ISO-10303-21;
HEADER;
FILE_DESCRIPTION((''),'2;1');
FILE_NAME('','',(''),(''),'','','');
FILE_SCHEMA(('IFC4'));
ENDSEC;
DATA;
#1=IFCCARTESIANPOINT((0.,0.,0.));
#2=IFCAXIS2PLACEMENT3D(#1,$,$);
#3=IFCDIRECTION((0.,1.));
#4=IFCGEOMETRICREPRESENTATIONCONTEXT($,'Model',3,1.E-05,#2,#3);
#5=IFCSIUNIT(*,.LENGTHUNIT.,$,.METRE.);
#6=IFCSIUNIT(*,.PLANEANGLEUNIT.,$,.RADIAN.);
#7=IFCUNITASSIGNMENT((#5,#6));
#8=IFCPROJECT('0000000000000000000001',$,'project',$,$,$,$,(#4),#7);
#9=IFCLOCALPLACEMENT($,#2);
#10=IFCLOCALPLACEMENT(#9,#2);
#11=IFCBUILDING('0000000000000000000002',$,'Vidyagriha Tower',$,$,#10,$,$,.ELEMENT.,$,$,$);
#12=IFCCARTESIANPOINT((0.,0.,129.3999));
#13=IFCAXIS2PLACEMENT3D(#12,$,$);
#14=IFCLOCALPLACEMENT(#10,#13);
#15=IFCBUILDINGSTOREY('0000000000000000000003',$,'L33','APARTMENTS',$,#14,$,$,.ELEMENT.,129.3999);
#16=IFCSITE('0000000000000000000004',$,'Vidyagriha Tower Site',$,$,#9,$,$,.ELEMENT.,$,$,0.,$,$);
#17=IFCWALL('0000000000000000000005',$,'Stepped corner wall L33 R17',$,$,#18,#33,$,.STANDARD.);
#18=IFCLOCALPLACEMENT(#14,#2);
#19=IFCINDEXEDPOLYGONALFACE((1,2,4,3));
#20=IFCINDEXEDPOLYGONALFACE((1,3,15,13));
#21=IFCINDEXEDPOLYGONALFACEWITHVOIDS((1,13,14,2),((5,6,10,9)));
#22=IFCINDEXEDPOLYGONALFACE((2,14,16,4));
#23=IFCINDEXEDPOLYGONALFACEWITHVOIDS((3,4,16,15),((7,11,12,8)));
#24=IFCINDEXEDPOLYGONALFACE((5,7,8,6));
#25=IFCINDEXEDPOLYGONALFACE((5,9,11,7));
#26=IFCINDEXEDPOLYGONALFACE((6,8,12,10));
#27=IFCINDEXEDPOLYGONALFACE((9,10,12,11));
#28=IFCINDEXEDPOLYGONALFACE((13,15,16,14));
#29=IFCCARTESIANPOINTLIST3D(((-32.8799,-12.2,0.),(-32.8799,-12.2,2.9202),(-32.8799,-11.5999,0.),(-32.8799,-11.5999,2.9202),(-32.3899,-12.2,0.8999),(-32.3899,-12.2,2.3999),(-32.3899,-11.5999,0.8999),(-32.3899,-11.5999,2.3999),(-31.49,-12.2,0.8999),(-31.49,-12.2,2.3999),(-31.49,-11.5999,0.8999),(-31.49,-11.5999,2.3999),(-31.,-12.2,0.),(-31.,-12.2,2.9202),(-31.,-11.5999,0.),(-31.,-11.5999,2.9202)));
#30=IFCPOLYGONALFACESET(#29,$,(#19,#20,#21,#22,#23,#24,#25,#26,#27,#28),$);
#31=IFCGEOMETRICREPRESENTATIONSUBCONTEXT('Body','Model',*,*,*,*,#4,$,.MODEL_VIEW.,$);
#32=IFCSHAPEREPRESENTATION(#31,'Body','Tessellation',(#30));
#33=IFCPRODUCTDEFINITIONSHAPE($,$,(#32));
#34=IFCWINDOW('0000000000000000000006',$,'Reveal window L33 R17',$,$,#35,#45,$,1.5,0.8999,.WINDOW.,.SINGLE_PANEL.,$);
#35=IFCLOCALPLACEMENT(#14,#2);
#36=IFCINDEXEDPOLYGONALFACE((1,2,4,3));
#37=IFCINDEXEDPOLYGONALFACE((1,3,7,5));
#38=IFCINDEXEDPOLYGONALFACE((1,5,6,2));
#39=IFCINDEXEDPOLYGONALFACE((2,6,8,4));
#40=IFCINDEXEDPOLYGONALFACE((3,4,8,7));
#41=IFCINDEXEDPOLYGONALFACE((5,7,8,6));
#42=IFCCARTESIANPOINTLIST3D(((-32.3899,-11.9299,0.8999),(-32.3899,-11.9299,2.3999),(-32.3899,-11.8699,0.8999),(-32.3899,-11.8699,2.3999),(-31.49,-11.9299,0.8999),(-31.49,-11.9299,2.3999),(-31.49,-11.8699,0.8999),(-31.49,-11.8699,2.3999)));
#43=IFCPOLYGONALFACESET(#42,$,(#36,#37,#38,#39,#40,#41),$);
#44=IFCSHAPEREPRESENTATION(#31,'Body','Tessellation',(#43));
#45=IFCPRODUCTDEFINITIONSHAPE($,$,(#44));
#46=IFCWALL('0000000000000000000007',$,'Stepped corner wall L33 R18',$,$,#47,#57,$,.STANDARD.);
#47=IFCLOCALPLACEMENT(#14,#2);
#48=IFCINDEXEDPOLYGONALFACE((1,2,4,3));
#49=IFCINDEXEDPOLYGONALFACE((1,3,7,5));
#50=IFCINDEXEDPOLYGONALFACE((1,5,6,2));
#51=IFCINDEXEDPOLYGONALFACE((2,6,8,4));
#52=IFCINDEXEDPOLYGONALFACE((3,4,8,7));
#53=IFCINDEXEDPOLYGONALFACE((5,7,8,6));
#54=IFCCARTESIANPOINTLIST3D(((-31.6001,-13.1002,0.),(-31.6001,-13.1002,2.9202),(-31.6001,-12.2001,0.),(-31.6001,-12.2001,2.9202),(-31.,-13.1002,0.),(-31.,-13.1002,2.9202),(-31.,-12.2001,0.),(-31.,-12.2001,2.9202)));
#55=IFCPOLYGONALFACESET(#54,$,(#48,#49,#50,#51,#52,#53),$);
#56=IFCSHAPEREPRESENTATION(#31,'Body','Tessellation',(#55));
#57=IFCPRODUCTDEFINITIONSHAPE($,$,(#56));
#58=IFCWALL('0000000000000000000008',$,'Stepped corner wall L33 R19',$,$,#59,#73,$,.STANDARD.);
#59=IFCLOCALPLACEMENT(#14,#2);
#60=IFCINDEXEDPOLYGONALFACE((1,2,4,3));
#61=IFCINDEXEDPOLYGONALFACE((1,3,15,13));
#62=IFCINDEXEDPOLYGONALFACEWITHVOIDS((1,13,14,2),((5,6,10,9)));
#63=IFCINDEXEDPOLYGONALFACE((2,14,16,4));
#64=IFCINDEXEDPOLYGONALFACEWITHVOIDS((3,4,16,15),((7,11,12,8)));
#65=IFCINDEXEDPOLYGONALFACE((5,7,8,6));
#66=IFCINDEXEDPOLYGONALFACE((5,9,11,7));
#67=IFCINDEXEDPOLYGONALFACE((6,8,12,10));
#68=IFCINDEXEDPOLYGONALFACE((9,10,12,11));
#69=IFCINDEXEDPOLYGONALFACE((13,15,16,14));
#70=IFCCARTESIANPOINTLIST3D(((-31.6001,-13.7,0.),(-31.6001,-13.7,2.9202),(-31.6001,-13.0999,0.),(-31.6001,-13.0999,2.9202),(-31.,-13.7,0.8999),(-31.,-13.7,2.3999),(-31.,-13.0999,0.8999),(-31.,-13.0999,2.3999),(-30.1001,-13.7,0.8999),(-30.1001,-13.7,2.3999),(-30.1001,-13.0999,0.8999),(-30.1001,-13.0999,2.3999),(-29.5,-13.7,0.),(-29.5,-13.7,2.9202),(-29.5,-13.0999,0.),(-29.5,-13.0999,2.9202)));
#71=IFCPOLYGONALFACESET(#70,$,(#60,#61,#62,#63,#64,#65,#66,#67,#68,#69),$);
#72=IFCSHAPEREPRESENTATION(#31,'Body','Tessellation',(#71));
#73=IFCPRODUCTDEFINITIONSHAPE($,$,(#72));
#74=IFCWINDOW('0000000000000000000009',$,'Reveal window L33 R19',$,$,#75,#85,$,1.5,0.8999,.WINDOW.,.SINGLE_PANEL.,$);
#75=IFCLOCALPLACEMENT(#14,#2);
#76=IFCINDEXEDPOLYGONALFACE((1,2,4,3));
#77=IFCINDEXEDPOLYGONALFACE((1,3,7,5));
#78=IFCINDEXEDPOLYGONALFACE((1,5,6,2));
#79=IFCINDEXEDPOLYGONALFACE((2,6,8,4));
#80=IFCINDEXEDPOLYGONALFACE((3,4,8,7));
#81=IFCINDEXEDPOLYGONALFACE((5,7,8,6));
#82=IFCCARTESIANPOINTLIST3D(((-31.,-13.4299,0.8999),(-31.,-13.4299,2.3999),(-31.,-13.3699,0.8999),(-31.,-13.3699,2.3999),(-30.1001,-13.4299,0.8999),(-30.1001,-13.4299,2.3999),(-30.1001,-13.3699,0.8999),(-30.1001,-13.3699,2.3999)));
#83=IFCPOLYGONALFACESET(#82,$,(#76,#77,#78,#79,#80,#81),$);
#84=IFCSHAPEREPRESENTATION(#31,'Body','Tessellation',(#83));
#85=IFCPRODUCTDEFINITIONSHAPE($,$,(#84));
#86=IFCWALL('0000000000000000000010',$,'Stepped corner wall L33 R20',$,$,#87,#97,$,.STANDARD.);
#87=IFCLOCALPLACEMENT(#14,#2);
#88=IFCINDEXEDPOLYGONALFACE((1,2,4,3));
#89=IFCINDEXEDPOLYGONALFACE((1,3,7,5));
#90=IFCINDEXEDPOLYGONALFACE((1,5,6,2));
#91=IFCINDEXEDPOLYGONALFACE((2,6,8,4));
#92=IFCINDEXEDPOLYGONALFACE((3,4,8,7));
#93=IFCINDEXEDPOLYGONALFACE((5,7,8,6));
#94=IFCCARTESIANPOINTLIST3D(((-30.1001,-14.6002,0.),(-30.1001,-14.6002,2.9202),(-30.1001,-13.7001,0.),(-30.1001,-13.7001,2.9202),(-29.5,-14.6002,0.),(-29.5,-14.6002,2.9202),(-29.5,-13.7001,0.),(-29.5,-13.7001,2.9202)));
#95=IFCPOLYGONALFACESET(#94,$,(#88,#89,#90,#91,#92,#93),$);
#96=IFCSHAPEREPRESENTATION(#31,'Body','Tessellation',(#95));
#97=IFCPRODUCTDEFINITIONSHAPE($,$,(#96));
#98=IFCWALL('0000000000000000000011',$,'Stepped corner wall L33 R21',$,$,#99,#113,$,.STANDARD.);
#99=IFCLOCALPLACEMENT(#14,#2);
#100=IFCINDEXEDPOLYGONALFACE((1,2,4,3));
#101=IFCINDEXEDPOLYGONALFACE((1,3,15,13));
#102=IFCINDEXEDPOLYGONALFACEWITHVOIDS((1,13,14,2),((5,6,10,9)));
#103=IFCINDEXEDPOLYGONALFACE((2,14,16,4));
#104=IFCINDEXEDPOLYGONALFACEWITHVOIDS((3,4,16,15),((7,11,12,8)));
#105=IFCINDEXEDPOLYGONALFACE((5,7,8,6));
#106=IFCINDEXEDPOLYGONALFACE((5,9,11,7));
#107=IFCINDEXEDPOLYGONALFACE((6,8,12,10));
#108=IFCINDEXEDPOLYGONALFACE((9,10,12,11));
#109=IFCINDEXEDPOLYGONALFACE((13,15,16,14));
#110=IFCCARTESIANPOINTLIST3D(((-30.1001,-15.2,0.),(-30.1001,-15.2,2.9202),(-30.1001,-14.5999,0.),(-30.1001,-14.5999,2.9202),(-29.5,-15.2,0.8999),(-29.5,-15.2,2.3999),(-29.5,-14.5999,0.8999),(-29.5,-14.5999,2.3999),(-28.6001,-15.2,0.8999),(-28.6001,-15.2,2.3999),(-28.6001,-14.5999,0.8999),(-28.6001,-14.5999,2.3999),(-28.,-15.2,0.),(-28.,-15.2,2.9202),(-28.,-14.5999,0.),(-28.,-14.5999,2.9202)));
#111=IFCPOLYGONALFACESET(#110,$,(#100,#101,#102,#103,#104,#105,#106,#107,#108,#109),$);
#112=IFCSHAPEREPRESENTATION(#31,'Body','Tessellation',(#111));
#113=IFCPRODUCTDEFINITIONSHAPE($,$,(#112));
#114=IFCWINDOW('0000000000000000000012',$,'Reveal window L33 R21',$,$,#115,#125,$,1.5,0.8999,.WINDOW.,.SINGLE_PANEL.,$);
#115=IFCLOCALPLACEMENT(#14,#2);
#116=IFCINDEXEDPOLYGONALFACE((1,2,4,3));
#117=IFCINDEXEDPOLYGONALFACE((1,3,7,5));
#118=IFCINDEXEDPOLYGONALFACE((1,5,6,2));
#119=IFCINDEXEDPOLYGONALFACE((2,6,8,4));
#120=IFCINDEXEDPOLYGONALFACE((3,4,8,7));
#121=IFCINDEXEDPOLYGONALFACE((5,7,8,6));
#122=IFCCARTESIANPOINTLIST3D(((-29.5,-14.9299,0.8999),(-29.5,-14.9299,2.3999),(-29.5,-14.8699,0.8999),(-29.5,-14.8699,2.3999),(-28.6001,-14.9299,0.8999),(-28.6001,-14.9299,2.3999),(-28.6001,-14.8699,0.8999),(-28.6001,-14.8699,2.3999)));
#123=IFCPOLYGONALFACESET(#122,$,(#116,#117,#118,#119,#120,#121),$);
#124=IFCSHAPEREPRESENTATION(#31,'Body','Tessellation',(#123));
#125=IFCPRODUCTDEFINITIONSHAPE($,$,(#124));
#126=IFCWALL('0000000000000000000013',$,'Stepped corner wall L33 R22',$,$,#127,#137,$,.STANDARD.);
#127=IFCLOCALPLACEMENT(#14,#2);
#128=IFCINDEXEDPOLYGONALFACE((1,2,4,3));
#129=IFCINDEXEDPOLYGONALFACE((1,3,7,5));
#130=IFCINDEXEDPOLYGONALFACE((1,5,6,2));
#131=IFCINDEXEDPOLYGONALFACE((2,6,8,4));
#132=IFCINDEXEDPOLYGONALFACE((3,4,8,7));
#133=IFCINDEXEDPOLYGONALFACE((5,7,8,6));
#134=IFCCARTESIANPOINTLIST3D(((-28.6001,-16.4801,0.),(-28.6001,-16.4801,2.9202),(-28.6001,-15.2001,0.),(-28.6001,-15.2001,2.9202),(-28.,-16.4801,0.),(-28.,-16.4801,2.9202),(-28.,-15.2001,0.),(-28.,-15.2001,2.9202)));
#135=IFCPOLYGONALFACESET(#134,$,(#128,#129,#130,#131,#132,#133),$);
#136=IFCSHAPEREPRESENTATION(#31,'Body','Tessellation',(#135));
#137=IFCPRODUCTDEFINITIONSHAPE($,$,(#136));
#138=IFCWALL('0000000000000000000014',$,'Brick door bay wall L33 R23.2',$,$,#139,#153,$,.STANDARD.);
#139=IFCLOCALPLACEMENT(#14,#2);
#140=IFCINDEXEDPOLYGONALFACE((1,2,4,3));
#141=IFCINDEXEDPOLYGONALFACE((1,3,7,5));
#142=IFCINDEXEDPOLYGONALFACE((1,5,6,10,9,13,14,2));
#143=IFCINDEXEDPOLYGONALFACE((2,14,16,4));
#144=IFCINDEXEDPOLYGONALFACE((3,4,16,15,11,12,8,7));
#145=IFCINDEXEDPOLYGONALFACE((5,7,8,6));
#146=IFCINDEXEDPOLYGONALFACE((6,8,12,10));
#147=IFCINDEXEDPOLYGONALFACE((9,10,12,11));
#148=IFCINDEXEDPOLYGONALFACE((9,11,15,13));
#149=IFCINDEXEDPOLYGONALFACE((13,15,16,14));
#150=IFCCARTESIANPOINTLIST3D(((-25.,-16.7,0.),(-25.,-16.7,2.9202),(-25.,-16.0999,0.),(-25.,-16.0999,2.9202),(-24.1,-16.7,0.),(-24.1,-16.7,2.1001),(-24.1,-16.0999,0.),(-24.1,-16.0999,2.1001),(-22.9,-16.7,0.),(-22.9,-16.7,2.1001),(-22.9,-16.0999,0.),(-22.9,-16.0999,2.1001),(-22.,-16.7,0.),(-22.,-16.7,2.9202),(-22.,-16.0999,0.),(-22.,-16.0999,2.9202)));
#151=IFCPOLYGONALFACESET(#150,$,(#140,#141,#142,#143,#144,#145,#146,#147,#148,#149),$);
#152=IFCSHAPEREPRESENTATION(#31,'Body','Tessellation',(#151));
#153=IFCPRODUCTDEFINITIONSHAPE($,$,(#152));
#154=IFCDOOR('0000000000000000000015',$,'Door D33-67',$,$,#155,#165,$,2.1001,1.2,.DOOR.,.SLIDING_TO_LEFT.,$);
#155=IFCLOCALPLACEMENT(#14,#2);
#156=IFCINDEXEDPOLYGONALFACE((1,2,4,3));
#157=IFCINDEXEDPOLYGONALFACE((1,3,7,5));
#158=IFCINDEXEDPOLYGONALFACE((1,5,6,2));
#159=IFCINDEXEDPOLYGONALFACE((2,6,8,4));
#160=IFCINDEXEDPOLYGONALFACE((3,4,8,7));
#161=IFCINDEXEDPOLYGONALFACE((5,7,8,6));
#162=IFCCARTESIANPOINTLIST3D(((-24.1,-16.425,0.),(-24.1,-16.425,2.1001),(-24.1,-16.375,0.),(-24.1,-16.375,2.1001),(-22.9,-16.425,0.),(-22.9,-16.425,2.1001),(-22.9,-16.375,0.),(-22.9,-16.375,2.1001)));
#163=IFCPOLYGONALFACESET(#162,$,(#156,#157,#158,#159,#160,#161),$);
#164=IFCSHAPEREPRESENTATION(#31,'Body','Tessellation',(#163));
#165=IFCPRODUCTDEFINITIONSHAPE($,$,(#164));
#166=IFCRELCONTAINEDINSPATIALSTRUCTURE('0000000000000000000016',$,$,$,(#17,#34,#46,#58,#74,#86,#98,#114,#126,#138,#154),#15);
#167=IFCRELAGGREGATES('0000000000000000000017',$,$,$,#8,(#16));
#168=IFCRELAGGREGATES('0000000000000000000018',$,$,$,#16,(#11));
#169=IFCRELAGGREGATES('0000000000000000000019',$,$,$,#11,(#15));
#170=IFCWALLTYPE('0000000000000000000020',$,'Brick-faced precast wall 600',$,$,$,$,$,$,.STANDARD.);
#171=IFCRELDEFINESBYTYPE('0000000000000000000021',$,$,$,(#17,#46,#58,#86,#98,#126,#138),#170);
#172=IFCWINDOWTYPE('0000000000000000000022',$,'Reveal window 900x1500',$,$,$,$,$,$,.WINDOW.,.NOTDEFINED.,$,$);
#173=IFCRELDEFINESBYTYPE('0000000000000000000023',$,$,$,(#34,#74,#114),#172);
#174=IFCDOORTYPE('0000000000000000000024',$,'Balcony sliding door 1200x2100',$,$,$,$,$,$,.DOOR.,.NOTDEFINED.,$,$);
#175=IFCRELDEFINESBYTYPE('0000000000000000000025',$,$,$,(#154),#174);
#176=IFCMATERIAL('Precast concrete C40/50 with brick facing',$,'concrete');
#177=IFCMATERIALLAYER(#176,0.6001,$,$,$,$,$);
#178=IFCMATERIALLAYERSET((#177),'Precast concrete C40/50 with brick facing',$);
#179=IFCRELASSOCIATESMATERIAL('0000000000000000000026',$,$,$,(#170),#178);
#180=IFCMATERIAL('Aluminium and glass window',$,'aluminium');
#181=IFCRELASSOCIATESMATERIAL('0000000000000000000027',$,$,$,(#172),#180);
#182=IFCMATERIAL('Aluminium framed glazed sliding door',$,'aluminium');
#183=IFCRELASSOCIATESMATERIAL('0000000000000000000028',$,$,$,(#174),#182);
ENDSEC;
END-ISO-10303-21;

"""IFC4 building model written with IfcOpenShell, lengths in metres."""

from ifc_helpers import new_model, si_unit, direction, frame, frame_2d, origin, place, context, subcontext, project, spatial, rectangle, extrude, material, layer, layer_set, type_object, element, fill, save


model = new_model("IFC4")

# Units and contexts
model_context = context("Model", 3, precision=1e-05, world=origin(), true_north=direction((0.0, 1.0)))
body_context = subcontext(model_context, "Body", "Model", "MODEL_VIEW")
ifc_project = project(units=[si_unit("LENGTHUNIT", "METRE"), si_unit("PLANEANGLEUNIT", "RADIAN")], contexts=[model_context])

# Site, building, storey
site_placement = place(None, origin())
site = spatial("IfcSite", under=ifc_project, at=site_placement, Name="Vidyagriha Tower Site", CompositionType="ELEMENT", RefElevation=0.0)
building_placement = place(site_placement, origin())
building = spatial("IfcBuilding", under=site, at=building_placement, Name="Vidyagriha Tower", CompositionType="ELEMENT")
storey_placement = place(building_placement, frame((0.0, 0.0, 129.3999)))
storey = spatial("IfcBuildingStorey", under=building, at=storey_placement, Name="L33", Description="APARTMENTS", CompositionType="ELEMENT", Elevation=129.3999)

# Wall, opening, window
ifc_material_1 = material(Name="Precast concrete C40/50 with brick facing", Category="concrete")
ifc_layer_1 = layer(ifc_material_1, 0.6001)
ifc_layer_set_1 = layer_set([ifc_layer_1], Name="Precast concrete C40/50 with brick facing")
wall_type = type_object("IfcWallType", Name="Brick-faced precast wall 600", PredefinedType="STANDARD", material=ifc_layer_set_1)
wall_1_placement = place(storey_placement, frame((-32.8799, -11.8999, 0.0)))
wall_1 = element("IfcWall", 1, at=wall_1_placement, inside=storey, type_object=wall_type, Name="Stepped corner wall L33 R17", PredefinedType="STANDARD", context=body_context, shape_type="SweptSolid", body=[
    extrude(rectangle(XDim=1.8799, YDim=0.6001, at=frame_2d((0.9399, 0.0))), origin(), (0.0, 0.0, 1.0), 2.9202),
])
opening_1_placement = place(wall_1_placement, frame((0.49, 0.0, 0.8999)))
opening_1 = element("IfcOpeningElement", 2, at=opening_1_placement, cuts=wall_1, PredefinedType="OPENING", context=body_context, shape_type="SweptSolid", body=[
    extrude(rectangle(XDim=0.8999, YDim=1.5, at=frame_2d((0.45, 0.75))), frame((0.0, 0.3101, 0.0), z_axis=(0.0, -1.0, 0.0), x_axis=(1.0, 0.0, 0.0)), (0.0, 0.0, 1.0), 0.6201),
])
ifc_material_2 = material(Name="Aluminium and glass window", Category="aluminium")
window_type = type_object("IfcWindowType", Name="Reveal window 900x1500", PartitioningType="NOTDEFINED", PredefinedType="WINDOW", material=ifc_material_2)
window_1_placement = place(opening_1_placement, origin())
window_1 = element("IfcWindow", 3, at=window_1_placement, inside=storey, type_object=window_type, Name="Reveal window L33 R17", OverallHeight=1.5, OverallWidth=0.8999, PartitioningType="SINGLE_PANEL", PredefinedType="WINDOW", context=body_context, shape_type="SweptSolid", body=[
    extrude(rectangle(XDim=0.8999, YDim=1.5, at=frame_2d((0.45, 0.75))), frame((0.0, 0.03, 0.0), z_axis=(0.0, -1.0, 0.0), x_axis=(1.0, 0.0, 0.0)), (0.0, 0.0, 1.0), 0.0601),
])
fill(opening_1, window_1)

# Wall
wall_2_placement = place(storey_placement, frame((-31.3, -12.2, 0.0), z_axis=(0.0, 0.0, 1.0), x_axis=(0.0, -1.0, 0.0)))
element("IfcWall", 4, at=wall_2_placement, inside=storey, type_object=wall_type, Name="Stepped corner wall L33 R18", PredefinedType="STANDARD", context=body_context, shape_type="SweptSolid", body=[
    extrude(rectangle(XDim=0.9001, YDim=0.6001, at=frame_2d((0.4502, 0.0))), origin(), (0.0, 0.0, 1.0), 2.9202),
])

# Wall, opening, window
wall_3_placement = place(storey_placement, frame((-31.6001, -13.3999, 0.0)))
wall_3 = element("IfcWall", 5, at=wall_3_placement, inside=storey, type_object=wall_type, Name="Stepped corner wall L33 R19", PredefinedType="STANDARD", context=body_context, shape_type="SweptSolid", body=[
    extrude(rectangle(XDim=2.1001, YDim=0.6001, at=frame_2d((1.05, 0.0))), origin(), (0.0, 0.0, 1.0), 2.9202),
])
opening_2_placement = place(wall_3_placement, frame((0.6001, 0.0, 0.8999)))
opening_2 = element("IfcOpeningElement", 6, at=opening_2_placement, cuts=wall_3, PredefinedType="OPENING", context=body_context, shape_type="SweptSolid", body=[
    extrude(rectangle(XDim=0.8999, YDim=1.5, at=frame_2d((0.45, 0.75))), frame((0.0, 0.3101, 0.0), z_axis=(0.0, -1.0, 0.0), x_axis=(1.0, 0.0, 0.0)), (0.0, 0.0, 1.0), 0.6201),
])
window_2_placement = place(opening_2_placement, origin())
window_2 = element("IfcWindow", 7, at=window_2_placement, inside=storey, type_object=window_type, Name="Reveal window L33 R19", OverallHeight=1.5, OverallWidth=0.8999, PartitioningType="SINGLE_PANEL", PredefinedType="WINDOW", context=body_context, shape_type="SweptSolid", body=[
    extrude(rectangle(XDim=0.8999, YDim=1.5, at=frame_2d((0.45, 0.75))), frame((0.0, 0.03, 0.0), z_axis=(0.0, -1.0, 0.0), x_axis=(1.0, 0.0, 0.0)), (0.0, 0.0, 1.0), 0.0601),
])
fill(opening_2, window_2)

# Wall
wall_4_placement = place(storey_placement, frame((-29.8, -13.7, 0.0), z_axis=(0.0, 0.0, 1.0), x_axis=(0.0, -1.0, 0.0)))
element("IfcWall", 8, at=wall_4_placement, inside=storey, type_object=wall_type, Name="Stepped corner wall L33 R20", PredefinedType="STANDARD", context=body_context, shape_type="SweptSolid", body=[
    extrude(rectangle(XDim=0.9001, YDim=0.6001, at=frame_2d((0.4502, 0.0))), origin(), (0.0, 0.0, 1.0), 2.9202),
])

# Wall, opening, window
wall_5_placement = place(storey_placement, frame((-30.1001, -14.8999, 0.0)))
wall_5 = element("IfcWall", 9, at=wall_5_placement, inside=storey, type_object=wall_type, Name="Stepped corner wall L33 R21", PredefinedType="STANDARD", context=body_context, shape_type="SweptSolid", body=[
    extrude(rectangle(XDim=2.1001, YDim=0.6001, at=frame_2d((1.05, 0.0))), origin(), (0.0, 0.0, 1.0), 2.9202),
])
opening_3_placement = place(wall_5_placement, frame((0.6001, 0.0, 0.8999)))
opening_3 = element("IfcOpeningElement", 10, at=opening_3_placement, cuts=wall_5, PredefinedType="OPENING", context=body_context, shape_type="SweptSolid", body=[
    extrude(rectangle(XDim=0.8999, YDim=1.5, at=frame_2d((0.45, 0.75))), frame((0.0, 0.3101, 0.0), z_axis=(0.0, -1.0, 0.0), x_axis=(1.0, 0.0, 0.0)), (0.0, 0.0, 1.0), 0.6201),
])
window_3_placement = place(opening_3_placement, origin())
window_3 = element("IfcWindow", 11, at=window_3_placement, inside=storey, type_object=window_type, Name="Reveal window L33 R21", OverallHeight=1.5, OverallWidth=0.8999, PartitioningType="SINGLE_PANEL", PredefinedType="WINDOW", context=body_context, shape_type="SweptSolid", body=[
    extrude(rectangle(XDim=0.8999, YDim=1.5, at=frame_2d((0.45, 0.75))), frame((0.0, 0.03, 0.0), z_axis=(0.0, -1.0, 0.0), x_axis=(1.0, 0.0, 0.0)), (0.0, 0.0, 1.0), 0.0601),
])
fill(opening_3, window_3)

# Wall
wall_6_placement = place(storey_placement, frame((-28.3, -15.2, 0.0), z_axis=(0.0, 0.0, 1.0), x_axis=(0.0, -1.0, 0.0)))
element("IfcWall", 12, at=wall_6_placement, inside=storey, type_object=wall_type, Name="Stepped corner wall L33 R22", PredefinedType="STANDARD", context=body_context, shape_type="SweptSolid", body=[
    extrude(rectangle(XDim=1.28, YDim=0.6001, at=frame_2d((0.6401, 0.0))), origin(), (0.0, 0.0, 1.0), 2.9202),
])

# Wall, opening, door
wall_7_placement = place(storey_placement, frame((-25.0, -16.3999, 0.0)))
wall_7 = element("IfcWall", 13, at=wall_7_placement, inside=storey, type_object=wall_type, Name="Brick door bay wall L33 R23.2", PredefinedType="STANDARD", context=body_context, shape_type="SweptSolid", body=[
    extrude(rectangle(XDim=3.0, YDim=0.6001, at=frame_2d((1.5, 0.0))), origin(), (0.0, 0.0, 1.0), 2.9202),
])
opening_4_placement = place(wall_7_placement, frame((0.8999, 0.0, 0.0)))
opening_4 = element("IfcOpeningElement", 14, at=opening_4_placement, cuts=wall_7, PredefinedType="OPENING", context=body_context, shape_type="SweptSolid", body=[
    extrude(rectangle(XDim=1.2, YDim=2.1001, at=frame_2d((0.6001, 1.05))), frame((0.0, 0.3101, 0.0), z_axis=(0.0, -1.0, 0.0), x_axis=(1.0, 0.0, 0.0)), (0.0, 0.0, 1.0), 0.6201),
])
ifc_material_3 = material(Name="Aluminium framed glazed sliding door", Category="aluminium")
door_type = type_object("IfcDoorType", Name="Balcony sliding door 1200x2100", OperationType="NOTDEFINED", PredefinedType="DOOR", material=ifc_material_3)
door_placement = place(opening_4_placement, origin())
door = element("IfcDoor", 15, at=door_placement, inside=storey, type_object=door_type, Name="Door D33-67", OperationType="SLIDING_TO_LEFT", OverallHeight=2.1001, OverallWidth=1.2, PredefinedType="DOOR", context=body_context, shape_type="SweptSolid", body=[
    extrude(rectangle(XDim=1.2, YDim=2.1001, at=frame_2d((0.6001, 1.05))), frame((0.0, 0.0249, 0.0), z_axis=(0.0, -1.0, 0.0), x_axis=(1.0, 0.0, 0.0)), (0.0, 0.0, 1.0), 0.05),
])
fill(opening_4, door)

save(model, "model.ifc")
